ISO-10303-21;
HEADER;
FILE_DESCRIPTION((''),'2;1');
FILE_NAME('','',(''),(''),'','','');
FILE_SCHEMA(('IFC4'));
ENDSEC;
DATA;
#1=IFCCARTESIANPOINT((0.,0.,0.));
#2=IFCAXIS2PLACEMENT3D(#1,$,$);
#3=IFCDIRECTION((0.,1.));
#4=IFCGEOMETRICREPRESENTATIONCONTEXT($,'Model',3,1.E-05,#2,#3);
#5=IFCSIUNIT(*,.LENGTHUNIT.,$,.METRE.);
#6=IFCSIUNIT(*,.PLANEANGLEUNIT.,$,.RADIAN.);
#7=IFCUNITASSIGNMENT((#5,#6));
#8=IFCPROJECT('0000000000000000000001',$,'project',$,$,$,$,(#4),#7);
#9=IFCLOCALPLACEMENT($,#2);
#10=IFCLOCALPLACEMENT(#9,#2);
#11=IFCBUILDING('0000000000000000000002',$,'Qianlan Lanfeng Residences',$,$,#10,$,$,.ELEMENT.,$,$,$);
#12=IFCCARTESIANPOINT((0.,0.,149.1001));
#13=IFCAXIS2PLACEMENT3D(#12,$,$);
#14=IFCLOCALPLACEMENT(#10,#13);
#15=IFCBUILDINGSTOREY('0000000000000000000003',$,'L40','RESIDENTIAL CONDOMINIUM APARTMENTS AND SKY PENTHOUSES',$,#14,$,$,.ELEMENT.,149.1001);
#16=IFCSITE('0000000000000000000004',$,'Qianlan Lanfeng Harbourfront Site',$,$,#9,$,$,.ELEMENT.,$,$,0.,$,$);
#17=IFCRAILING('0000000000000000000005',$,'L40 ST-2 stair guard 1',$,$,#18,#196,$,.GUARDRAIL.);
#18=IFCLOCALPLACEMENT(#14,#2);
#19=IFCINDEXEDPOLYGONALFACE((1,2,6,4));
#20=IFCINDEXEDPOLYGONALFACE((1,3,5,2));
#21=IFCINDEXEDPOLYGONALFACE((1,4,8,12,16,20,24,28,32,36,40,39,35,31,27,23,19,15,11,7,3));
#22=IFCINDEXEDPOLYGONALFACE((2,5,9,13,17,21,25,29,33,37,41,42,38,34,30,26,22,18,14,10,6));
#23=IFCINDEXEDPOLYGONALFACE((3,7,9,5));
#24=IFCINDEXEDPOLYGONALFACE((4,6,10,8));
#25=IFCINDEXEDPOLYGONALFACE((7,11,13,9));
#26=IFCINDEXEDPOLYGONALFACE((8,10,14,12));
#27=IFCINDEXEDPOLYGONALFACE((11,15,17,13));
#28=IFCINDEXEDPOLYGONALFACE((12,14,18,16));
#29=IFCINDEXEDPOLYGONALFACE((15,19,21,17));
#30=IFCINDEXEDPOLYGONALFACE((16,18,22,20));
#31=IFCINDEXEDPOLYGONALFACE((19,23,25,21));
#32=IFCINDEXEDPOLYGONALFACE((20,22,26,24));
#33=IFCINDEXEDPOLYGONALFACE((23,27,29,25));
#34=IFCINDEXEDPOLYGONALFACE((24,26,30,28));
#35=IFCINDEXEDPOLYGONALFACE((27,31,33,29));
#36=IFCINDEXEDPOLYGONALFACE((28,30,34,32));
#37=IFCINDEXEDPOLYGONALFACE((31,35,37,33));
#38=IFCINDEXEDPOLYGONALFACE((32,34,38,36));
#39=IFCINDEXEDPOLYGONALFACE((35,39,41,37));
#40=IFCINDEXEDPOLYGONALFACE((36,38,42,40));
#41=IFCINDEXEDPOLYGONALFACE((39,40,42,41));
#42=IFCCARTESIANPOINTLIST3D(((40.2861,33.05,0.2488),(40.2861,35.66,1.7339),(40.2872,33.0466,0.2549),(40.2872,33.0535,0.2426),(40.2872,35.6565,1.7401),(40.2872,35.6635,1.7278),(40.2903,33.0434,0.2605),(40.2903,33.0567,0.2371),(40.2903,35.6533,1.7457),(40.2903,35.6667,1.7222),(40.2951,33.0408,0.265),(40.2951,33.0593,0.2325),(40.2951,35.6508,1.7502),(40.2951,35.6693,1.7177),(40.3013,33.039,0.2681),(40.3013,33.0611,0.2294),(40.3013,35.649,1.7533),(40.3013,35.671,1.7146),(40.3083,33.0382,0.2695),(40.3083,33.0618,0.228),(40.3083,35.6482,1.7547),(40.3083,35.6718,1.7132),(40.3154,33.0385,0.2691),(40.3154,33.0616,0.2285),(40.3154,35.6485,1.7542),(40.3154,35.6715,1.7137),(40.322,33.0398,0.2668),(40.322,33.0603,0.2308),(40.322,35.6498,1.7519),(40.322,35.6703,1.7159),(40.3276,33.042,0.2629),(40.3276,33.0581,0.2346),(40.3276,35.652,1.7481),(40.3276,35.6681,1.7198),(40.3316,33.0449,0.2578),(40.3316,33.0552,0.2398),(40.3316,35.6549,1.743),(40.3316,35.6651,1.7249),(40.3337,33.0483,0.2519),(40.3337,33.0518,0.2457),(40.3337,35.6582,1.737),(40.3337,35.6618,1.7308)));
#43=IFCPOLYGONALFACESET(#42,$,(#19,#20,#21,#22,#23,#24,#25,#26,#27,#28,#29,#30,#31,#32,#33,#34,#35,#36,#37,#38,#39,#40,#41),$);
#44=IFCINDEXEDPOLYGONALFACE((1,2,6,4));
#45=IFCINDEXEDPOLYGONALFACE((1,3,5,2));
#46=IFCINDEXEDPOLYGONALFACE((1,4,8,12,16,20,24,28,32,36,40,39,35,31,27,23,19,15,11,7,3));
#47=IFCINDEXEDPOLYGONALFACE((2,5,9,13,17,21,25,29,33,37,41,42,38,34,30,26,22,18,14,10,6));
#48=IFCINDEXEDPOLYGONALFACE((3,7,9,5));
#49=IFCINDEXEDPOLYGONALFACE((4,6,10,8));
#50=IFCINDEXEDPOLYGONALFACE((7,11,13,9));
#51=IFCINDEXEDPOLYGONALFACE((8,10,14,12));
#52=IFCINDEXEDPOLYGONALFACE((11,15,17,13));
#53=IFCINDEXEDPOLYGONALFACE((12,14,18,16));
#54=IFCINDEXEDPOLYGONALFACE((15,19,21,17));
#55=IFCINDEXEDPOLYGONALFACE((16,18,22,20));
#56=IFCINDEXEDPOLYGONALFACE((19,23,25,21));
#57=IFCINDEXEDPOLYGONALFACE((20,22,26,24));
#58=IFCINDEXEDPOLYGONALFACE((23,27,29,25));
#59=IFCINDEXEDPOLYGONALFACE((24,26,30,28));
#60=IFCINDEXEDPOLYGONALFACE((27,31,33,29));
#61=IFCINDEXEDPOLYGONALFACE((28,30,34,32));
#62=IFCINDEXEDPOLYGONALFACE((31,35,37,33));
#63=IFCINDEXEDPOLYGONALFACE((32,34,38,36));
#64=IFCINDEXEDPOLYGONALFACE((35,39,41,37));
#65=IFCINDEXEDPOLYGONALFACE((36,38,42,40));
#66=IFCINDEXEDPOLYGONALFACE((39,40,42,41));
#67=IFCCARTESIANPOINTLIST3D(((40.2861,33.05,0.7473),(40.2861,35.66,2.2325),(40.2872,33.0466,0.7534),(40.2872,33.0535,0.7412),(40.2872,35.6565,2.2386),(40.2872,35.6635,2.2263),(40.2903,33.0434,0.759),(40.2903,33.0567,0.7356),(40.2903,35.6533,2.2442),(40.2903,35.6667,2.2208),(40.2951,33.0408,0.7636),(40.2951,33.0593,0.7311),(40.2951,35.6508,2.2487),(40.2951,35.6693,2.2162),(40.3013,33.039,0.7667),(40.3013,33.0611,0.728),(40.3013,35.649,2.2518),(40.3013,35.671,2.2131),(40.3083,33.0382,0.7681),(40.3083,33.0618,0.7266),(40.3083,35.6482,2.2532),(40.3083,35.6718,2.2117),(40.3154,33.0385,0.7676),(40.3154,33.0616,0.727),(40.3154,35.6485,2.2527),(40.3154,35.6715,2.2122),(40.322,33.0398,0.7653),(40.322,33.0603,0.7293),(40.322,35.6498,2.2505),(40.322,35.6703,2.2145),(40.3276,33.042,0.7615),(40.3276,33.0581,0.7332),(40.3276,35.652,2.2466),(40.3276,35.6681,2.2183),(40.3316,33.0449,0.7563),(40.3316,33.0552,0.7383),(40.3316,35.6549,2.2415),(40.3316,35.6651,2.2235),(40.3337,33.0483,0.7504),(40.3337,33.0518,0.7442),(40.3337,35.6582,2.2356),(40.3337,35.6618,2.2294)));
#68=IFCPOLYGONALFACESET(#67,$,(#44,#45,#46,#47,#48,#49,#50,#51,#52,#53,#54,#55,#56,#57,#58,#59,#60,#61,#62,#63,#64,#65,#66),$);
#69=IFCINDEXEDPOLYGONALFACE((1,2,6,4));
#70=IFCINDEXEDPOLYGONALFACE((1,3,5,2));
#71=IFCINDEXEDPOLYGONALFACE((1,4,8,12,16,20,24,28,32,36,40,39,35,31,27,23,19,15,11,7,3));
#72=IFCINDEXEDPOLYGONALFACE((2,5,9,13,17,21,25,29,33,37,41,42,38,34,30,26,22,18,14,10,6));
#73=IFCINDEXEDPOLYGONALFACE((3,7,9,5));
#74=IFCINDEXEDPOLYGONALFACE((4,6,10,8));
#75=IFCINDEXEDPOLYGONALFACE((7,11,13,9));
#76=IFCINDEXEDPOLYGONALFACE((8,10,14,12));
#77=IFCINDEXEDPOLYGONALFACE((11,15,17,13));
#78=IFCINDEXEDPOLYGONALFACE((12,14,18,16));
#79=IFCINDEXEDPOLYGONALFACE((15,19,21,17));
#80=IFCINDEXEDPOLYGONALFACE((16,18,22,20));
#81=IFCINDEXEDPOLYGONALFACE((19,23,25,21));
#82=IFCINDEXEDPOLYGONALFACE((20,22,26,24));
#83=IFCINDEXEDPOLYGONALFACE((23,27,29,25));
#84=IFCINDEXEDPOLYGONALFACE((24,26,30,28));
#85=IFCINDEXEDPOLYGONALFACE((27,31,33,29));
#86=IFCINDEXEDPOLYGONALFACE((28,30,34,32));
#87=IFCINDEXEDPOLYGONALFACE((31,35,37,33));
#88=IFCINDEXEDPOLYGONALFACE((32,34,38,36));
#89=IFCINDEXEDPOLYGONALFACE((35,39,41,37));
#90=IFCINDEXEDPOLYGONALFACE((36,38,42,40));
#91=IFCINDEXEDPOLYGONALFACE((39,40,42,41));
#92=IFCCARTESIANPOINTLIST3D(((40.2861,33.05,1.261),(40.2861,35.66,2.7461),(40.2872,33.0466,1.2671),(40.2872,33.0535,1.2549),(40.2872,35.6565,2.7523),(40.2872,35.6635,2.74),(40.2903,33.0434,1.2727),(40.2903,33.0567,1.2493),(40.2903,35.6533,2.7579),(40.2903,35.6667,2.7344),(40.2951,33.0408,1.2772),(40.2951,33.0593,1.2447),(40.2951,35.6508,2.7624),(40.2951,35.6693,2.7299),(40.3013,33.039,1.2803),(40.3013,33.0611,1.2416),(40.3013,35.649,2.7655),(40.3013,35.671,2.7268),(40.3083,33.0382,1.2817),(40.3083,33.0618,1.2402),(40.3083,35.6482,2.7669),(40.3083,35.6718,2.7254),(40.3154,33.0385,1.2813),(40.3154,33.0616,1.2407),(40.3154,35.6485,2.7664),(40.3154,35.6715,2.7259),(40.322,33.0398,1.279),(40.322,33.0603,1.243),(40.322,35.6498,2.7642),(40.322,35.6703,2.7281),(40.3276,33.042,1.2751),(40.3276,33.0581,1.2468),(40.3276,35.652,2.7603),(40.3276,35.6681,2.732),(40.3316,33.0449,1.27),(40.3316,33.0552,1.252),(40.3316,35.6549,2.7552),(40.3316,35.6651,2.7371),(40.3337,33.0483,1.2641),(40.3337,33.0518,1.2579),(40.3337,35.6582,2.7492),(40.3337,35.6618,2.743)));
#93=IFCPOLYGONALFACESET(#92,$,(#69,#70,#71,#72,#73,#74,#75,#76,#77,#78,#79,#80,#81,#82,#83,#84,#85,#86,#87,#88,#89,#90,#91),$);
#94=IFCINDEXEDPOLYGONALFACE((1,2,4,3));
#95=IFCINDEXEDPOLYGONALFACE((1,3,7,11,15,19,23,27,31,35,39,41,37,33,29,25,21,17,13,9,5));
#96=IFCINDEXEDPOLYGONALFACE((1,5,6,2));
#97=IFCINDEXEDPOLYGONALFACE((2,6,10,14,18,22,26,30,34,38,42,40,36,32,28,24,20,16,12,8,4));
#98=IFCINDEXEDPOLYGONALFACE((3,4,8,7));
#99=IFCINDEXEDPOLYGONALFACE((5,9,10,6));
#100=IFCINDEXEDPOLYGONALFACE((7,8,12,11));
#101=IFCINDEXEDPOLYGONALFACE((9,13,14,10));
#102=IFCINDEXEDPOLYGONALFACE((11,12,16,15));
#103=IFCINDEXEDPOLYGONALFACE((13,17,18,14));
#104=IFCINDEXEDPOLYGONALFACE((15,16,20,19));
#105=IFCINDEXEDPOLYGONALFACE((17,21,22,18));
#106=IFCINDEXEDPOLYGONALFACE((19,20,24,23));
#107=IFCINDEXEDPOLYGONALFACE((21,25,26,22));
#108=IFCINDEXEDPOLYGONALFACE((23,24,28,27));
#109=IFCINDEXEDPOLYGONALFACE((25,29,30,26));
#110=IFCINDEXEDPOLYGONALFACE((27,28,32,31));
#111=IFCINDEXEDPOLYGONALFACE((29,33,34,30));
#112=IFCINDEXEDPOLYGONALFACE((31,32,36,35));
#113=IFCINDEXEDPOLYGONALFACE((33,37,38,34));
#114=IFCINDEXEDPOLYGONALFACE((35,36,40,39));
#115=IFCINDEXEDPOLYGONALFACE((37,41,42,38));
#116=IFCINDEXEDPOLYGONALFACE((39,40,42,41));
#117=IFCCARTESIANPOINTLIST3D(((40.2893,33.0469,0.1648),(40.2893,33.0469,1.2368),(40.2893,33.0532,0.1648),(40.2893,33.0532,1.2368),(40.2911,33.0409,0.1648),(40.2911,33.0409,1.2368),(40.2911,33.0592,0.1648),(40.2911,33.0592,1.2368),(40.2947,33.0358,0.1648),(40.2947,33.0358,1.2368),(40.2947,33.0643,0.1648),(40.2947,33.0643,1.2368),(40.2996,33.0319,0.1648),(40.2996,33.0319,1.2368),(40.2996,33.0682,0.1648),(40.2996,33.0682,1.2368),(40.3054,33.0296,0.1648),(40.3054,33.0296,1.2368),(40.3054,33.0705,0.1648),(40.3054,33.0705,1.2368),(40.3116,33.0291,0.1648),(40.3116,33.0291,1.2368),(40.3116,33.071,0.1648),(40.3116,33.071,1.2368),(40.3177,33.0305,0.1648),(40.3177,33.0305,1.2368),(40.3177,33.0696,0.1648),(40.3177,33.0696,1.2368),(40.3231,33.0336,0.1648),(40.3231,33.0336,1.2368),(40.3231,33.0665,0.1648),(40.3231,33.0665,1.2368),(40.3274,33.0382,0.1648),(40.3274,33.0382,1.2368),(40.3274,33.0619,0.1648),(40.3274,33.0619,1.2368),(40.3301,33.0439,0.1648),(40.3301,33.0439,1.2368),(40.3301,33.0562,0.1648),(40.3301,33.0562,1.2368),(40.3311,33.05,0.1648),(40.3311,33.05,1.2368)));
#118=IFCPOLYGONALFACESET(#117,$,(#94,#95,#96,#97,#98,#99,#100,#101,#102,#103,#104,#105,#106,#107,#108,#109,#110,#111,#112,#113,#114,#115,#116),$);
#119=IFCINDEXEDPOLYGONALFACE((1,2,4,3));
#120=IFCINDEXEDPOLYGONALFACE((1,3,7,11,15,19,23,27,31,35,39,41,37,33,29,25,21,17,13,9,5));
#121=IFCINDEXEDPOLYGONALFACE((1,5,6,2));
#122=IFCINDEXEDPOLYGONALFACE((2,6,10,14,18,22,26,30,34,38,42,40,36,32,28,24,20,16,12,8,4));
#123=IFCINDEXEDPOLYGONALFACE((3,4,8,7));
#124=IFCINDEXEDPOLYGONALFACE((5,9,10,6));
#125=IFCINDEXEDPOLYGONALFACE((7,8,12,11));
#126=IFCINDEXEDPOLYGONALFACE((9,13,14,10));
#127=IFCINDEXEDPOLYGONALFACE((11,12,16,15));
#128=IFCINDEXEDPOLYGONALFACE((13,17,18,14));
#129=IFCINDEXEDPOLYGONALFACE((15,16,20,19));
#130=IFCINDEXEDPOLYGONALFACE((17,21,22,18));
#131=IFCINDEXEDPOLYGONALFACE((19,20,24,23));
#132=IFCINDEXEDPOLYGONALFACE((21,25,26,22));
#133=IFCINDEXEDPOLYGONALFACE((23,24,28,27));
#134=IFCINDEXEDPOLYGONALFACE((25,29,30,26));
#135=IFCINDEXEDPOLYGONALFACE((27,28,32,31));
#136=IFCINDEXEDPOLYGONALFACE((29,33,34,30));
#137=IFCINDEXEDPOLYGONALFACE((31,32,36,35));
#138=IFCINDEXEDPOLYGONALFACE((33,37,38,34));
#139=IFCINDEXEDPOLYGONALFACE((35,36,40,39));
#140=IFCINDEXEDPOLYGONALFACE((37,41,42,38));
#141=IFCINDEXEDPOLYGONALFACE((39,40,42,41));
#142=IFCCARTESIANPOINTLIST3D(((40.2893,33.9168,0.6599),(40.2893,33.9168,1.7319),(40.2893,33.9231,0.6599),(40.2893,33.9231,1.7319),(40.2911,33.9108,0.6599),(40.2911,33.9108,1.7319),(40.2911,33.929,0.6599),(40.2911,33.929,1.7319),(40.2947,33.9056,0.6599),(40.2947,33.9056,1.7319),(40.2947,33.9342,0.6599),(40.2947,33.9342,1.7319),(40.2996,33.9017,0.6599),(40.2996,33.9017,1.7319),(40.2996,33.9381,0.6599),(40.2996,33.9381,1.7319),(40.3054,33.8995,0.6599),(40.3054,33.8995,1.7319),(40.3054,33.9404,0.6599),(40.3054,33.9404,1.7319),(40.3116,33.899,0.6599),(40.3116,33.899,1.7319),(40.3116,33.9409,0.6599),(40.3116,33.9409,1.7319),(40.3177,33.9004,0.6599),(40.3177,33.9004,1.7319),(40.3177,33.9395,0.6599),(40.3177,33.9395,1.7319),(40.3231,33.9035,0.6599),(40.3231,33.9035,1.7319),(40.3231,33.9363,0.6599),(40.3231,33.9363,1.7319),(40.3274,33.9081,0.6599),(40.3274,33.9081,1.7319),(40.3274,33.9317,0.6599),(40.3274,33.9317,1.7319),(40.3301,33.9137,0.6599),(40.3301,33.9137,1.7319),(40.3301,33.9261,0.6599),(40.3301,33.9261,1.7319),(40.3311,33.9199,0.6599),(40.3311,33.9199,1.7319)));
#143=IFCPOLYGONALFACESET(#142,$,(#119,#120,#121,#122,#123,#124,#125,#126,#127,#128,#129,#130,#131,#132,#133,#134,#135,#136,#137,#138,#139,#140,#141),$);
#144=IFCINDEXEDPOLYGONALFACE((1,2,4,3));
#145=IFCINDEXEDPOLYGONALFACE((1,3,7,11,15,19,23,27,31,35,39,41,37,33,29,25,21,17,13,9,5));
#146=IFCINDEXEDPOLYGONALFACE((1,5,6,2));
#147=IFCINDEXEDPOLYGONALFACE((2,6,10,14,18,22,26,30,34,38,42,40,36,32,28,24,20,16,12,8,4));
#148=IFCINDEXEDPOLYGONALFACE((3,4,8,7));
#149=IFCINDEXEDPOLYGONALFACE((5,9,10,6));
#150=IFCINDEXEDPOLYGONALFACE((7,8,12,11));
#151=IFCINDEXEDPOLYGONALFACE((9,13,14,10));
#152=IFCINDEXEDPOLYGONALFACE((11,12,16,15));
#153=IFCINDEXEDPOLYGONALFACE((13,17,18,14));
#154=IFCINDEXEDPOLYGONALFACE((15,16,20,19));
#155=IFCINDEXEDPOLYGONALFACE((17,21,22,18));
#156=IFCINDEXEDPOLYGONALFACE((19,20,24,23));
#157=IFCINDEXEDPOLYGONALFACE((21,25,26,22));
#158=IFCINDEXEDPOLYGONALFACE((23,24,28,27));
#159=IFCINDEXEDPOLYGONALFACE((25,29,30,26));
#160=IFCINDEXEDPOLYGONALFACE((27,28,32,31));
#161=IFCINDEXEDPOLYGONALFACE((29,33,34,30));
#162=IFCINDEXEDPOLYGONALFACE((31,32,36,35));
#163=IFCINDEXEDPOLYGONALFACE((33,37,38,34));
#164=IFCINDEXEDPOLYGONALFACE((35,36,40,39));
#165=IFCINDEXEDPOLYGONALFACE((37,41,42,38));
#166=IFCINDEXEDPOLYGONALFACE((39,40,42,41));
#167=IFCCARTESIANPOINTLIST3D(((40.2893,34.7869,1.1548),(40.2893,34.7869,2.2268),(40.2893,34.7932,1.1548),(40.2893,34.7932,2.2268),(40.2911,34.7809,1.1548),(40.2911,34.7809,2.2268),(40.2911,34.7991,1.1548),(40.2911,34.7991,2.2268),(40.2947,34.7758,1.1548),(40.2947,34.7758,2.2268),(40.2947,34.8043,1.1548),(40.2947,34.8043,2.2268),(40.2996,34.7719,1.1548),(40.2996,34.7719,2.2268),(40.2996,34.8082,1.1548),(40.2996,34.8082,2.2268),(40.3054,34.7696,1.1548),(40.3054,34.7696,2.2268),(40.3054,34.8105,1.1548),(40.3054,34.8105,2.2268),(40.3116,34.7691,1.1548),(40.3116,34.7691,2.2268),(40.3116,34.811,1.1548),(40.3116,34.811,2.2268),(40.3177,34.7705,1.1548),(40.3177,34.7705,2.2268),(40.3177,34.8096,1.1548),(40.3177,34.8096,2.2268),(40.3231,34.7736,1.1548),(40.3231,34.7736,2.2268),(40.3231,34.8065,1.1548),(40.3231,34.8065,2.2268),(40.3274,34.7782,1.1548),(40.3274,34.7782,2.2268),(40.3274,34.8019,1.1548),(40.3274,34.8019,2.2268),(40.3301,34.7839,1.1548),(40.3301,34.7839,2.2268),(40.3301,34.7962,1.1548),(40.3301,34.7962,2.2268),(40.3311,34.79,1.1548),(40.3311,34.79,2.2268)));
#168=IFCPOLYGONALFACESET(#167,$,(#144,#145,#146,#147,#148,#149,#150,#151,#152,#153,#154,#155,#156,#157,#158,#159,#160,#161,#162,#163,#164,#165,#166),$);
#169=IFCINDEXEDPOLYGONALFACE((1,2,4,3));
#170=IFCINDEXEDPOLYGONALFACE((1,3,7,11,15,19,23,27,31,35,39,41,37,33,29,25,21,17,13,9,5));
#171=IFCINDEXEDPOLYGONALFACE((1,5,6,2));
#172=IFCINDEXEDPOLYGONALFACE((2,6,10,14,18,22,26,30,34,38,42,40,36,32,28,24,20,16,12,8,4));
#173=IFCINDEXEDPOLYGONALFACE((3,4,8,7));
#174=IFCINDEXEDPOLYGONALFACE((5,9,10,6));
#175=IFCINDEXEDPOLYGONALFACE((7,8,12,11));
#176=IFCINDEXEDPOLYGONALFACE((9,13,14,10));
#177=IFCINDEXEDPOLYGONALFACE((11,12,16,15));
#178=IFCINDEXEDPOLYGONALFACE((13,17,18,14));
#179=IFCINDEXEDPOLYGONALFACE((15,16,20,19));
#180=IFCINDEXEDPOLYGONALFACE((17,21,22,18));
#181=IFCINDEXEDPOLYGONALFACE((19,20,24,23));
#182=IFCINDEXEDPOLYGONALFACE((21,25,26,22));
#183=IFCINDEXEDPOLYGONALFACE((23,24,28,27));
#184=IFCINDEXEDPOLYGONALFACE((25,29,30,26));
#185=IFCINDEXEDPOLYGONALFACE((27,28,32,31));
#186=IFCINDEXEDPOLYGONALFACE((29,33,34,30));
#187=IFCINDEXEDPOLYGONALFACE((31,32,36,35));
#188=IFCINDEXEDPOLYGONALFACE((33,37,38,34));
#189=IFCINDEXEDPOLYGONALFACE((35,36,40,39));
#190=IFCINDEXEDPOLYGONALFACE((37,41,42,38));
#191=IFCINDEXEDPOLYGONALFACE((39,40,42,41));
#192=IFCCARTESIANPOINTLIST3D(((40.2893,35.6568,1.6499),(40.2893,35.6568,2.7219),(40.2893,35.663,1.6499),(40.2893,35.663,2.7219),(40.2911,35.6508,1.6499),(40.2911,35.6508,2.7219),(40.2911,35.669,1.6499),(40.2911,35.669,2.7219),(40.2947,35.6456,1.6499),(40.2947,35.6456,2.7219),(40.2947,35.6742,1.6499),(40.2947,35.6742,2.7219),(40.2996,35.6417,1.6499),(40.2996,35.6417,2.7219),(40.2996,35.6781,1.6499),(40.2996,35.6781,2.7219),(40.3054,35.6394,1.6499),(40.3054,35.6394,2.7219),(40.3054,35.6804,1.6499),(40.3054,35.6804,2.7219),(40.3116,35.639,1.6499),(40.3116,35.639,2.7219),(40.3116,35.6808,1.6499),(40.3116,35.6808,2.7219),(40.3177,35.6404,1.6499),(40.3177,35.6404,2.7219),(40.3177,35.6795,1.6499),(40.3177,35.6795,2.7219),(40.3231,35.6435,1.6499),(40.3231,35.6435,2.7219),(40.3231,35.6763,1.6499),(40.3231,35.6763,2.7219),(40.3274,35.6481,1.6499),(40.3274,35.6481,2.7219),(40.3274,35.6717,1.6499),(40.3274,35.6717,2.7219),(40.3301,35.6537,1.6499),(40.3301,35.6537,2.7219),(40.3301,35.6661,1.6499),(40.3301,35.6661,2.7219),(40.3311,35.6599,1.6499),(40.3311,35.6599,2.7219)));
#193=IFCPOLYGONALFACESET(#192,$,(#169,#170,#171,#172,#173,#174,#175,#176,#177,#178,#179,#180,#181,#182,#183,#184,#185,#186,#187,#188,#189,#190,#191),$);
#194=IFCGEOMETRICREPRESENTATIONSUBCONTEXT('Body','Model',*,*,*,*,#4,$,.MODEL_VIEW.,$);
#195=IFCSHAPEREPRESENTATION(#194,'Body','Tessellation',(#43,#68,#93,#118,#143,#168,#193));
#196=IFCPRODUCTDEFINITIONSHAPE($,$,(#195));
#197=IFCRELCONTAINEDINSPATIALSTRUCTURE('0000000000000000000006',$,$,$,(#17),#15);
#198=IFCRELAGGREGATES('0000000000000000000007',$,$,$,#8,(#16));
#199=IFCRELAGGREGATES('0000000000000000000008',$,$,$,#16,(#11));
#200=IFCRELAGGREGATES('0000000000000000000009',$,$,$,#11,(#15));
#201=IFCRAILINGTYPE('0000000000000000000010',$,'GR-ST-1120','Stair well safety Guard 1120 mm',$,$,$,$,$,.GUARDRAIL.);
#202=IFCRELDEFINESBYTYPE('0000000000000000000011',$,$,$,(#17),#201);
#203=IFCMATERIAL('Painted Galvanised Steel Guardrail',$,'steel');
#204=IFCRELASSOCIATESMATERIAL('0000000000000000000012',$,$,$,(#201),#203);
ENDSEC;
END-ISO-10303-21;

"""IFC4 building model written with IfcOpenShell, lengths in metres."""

from ifc_helpers import new_model, si_unit, direction, frame, origin, origin_2d, place, context, subcontext, project, spatial, circle, extrude, material, type_object, element, save


model = new_model("IFC4")

# Units and contexts
model_context = context("Model", 3, precision=1e-05, world=origin(), true_north=direction((0.0, 1.0)))
body_context = subcontext(model_context, "Body", "Model", "MODEL_VIEW")
ifc_project = project(units=[si_unit("LENGTHUNIT", "METRE"), si_unit("PLANEANGLEUNIT", "RADIAN")], contexts=[model_context])

# Site, building, storey
site_placement = place(None, origin())
site = spatial("IfcSite", under=ifc_project, at=site_placement, Name="Qianlan Lanfeng Harbourfront Site", CompositionType="ELEMENT", RefElevation=0.0)
building_placement = place(site_placement, origin())
building = spatial("IfcBuilding", under=site, at=building_placement, Name="Qianlan Lanfeng Residences", CompositionType="ELEMENT")
storey_placement = place(building_placement, frame((0.0, 0.0, 149.1001)))
storey = spatial("IfcBuildingStorey", under=building, at=storey_placement, Name="L40", Description="RESIDENTIAL CONDOMINIUM APARTMENTS AND SKY PENTHOUSES", CompositionType="ELEMENT", Elevation=149.1001)

# Railing
ifc_material_1 = material(Name="Painted Galvanised Steel Guardrail", Category="steel")
railing_type_1 = type_object("IfcRailingType", Name="GR-ST-1120", Description="Stair well safety Guard 1120 mm", PredefinedType="GUARDRAIL", material=ifc_material_1)
railing_1_placement = place(storey_placement, frame((40.3101, 33.05, 0.1648)))
element("IfcRailing", 1, at=railing_1_placement, inside=storey, type_object=railing_type_1, Name="L40 ST-2 stair guard 1", PredefinedType="GUARDRAIL", context=body_context, shape_type="SweptSolid", body=[
    extrude(circle(Radius=0.0239, at=origin_2d()), frame((0.0, 0.0, 0.084), z_axis=(0.0, 0.869137, 0.494571), x_axis=(-1.0, 0.0, 0.0)), (0.0, 0.0, 1.0), 3.0029),
    extrude(circle(Radius=0.0239, at=origin_2d()), frame((0.0, 0.0, 0.5825), z_axis=(0.0, 0.869137, 0.494571), x_axis=(-1.0, 0.0, 0.0)), (0.0, 0.0, 1.0), 3.0029),
    extrude(circle(Radius=0.0239, at=origin_2d()), frame((0.0, 0.0, 1.0962), z_axis=(0.0, 0.869137, 0.494571), x_axis=(-1.0, 0.0, 0.0)), (0.0, 0.0, 1.0), 3.0029),
    extrude(circle(Radius=0.021, at=origin_2d()), origin(), (0.0, 0.0, 1.0), 1.072),
    extrude(circle(Radius=0.021, at=origin_2d()), frame((0.0, 0.8699, 0.4951)), (0.0, 0.0, 1.0), 1.072),
    extrude(circle(Radius=0.021, at=origin_2d()), frame((0.0, 1.74, 0.99)), (0.0, 0.0, 1.0), 1.072),
    extrude(circle(Radius=0.021, at=origin_2d()), frame((0.0, 2.6099, 1.4851)), (0.0, 0.0, 1.0), 1.072),
])

save(model, "model.ifc")
